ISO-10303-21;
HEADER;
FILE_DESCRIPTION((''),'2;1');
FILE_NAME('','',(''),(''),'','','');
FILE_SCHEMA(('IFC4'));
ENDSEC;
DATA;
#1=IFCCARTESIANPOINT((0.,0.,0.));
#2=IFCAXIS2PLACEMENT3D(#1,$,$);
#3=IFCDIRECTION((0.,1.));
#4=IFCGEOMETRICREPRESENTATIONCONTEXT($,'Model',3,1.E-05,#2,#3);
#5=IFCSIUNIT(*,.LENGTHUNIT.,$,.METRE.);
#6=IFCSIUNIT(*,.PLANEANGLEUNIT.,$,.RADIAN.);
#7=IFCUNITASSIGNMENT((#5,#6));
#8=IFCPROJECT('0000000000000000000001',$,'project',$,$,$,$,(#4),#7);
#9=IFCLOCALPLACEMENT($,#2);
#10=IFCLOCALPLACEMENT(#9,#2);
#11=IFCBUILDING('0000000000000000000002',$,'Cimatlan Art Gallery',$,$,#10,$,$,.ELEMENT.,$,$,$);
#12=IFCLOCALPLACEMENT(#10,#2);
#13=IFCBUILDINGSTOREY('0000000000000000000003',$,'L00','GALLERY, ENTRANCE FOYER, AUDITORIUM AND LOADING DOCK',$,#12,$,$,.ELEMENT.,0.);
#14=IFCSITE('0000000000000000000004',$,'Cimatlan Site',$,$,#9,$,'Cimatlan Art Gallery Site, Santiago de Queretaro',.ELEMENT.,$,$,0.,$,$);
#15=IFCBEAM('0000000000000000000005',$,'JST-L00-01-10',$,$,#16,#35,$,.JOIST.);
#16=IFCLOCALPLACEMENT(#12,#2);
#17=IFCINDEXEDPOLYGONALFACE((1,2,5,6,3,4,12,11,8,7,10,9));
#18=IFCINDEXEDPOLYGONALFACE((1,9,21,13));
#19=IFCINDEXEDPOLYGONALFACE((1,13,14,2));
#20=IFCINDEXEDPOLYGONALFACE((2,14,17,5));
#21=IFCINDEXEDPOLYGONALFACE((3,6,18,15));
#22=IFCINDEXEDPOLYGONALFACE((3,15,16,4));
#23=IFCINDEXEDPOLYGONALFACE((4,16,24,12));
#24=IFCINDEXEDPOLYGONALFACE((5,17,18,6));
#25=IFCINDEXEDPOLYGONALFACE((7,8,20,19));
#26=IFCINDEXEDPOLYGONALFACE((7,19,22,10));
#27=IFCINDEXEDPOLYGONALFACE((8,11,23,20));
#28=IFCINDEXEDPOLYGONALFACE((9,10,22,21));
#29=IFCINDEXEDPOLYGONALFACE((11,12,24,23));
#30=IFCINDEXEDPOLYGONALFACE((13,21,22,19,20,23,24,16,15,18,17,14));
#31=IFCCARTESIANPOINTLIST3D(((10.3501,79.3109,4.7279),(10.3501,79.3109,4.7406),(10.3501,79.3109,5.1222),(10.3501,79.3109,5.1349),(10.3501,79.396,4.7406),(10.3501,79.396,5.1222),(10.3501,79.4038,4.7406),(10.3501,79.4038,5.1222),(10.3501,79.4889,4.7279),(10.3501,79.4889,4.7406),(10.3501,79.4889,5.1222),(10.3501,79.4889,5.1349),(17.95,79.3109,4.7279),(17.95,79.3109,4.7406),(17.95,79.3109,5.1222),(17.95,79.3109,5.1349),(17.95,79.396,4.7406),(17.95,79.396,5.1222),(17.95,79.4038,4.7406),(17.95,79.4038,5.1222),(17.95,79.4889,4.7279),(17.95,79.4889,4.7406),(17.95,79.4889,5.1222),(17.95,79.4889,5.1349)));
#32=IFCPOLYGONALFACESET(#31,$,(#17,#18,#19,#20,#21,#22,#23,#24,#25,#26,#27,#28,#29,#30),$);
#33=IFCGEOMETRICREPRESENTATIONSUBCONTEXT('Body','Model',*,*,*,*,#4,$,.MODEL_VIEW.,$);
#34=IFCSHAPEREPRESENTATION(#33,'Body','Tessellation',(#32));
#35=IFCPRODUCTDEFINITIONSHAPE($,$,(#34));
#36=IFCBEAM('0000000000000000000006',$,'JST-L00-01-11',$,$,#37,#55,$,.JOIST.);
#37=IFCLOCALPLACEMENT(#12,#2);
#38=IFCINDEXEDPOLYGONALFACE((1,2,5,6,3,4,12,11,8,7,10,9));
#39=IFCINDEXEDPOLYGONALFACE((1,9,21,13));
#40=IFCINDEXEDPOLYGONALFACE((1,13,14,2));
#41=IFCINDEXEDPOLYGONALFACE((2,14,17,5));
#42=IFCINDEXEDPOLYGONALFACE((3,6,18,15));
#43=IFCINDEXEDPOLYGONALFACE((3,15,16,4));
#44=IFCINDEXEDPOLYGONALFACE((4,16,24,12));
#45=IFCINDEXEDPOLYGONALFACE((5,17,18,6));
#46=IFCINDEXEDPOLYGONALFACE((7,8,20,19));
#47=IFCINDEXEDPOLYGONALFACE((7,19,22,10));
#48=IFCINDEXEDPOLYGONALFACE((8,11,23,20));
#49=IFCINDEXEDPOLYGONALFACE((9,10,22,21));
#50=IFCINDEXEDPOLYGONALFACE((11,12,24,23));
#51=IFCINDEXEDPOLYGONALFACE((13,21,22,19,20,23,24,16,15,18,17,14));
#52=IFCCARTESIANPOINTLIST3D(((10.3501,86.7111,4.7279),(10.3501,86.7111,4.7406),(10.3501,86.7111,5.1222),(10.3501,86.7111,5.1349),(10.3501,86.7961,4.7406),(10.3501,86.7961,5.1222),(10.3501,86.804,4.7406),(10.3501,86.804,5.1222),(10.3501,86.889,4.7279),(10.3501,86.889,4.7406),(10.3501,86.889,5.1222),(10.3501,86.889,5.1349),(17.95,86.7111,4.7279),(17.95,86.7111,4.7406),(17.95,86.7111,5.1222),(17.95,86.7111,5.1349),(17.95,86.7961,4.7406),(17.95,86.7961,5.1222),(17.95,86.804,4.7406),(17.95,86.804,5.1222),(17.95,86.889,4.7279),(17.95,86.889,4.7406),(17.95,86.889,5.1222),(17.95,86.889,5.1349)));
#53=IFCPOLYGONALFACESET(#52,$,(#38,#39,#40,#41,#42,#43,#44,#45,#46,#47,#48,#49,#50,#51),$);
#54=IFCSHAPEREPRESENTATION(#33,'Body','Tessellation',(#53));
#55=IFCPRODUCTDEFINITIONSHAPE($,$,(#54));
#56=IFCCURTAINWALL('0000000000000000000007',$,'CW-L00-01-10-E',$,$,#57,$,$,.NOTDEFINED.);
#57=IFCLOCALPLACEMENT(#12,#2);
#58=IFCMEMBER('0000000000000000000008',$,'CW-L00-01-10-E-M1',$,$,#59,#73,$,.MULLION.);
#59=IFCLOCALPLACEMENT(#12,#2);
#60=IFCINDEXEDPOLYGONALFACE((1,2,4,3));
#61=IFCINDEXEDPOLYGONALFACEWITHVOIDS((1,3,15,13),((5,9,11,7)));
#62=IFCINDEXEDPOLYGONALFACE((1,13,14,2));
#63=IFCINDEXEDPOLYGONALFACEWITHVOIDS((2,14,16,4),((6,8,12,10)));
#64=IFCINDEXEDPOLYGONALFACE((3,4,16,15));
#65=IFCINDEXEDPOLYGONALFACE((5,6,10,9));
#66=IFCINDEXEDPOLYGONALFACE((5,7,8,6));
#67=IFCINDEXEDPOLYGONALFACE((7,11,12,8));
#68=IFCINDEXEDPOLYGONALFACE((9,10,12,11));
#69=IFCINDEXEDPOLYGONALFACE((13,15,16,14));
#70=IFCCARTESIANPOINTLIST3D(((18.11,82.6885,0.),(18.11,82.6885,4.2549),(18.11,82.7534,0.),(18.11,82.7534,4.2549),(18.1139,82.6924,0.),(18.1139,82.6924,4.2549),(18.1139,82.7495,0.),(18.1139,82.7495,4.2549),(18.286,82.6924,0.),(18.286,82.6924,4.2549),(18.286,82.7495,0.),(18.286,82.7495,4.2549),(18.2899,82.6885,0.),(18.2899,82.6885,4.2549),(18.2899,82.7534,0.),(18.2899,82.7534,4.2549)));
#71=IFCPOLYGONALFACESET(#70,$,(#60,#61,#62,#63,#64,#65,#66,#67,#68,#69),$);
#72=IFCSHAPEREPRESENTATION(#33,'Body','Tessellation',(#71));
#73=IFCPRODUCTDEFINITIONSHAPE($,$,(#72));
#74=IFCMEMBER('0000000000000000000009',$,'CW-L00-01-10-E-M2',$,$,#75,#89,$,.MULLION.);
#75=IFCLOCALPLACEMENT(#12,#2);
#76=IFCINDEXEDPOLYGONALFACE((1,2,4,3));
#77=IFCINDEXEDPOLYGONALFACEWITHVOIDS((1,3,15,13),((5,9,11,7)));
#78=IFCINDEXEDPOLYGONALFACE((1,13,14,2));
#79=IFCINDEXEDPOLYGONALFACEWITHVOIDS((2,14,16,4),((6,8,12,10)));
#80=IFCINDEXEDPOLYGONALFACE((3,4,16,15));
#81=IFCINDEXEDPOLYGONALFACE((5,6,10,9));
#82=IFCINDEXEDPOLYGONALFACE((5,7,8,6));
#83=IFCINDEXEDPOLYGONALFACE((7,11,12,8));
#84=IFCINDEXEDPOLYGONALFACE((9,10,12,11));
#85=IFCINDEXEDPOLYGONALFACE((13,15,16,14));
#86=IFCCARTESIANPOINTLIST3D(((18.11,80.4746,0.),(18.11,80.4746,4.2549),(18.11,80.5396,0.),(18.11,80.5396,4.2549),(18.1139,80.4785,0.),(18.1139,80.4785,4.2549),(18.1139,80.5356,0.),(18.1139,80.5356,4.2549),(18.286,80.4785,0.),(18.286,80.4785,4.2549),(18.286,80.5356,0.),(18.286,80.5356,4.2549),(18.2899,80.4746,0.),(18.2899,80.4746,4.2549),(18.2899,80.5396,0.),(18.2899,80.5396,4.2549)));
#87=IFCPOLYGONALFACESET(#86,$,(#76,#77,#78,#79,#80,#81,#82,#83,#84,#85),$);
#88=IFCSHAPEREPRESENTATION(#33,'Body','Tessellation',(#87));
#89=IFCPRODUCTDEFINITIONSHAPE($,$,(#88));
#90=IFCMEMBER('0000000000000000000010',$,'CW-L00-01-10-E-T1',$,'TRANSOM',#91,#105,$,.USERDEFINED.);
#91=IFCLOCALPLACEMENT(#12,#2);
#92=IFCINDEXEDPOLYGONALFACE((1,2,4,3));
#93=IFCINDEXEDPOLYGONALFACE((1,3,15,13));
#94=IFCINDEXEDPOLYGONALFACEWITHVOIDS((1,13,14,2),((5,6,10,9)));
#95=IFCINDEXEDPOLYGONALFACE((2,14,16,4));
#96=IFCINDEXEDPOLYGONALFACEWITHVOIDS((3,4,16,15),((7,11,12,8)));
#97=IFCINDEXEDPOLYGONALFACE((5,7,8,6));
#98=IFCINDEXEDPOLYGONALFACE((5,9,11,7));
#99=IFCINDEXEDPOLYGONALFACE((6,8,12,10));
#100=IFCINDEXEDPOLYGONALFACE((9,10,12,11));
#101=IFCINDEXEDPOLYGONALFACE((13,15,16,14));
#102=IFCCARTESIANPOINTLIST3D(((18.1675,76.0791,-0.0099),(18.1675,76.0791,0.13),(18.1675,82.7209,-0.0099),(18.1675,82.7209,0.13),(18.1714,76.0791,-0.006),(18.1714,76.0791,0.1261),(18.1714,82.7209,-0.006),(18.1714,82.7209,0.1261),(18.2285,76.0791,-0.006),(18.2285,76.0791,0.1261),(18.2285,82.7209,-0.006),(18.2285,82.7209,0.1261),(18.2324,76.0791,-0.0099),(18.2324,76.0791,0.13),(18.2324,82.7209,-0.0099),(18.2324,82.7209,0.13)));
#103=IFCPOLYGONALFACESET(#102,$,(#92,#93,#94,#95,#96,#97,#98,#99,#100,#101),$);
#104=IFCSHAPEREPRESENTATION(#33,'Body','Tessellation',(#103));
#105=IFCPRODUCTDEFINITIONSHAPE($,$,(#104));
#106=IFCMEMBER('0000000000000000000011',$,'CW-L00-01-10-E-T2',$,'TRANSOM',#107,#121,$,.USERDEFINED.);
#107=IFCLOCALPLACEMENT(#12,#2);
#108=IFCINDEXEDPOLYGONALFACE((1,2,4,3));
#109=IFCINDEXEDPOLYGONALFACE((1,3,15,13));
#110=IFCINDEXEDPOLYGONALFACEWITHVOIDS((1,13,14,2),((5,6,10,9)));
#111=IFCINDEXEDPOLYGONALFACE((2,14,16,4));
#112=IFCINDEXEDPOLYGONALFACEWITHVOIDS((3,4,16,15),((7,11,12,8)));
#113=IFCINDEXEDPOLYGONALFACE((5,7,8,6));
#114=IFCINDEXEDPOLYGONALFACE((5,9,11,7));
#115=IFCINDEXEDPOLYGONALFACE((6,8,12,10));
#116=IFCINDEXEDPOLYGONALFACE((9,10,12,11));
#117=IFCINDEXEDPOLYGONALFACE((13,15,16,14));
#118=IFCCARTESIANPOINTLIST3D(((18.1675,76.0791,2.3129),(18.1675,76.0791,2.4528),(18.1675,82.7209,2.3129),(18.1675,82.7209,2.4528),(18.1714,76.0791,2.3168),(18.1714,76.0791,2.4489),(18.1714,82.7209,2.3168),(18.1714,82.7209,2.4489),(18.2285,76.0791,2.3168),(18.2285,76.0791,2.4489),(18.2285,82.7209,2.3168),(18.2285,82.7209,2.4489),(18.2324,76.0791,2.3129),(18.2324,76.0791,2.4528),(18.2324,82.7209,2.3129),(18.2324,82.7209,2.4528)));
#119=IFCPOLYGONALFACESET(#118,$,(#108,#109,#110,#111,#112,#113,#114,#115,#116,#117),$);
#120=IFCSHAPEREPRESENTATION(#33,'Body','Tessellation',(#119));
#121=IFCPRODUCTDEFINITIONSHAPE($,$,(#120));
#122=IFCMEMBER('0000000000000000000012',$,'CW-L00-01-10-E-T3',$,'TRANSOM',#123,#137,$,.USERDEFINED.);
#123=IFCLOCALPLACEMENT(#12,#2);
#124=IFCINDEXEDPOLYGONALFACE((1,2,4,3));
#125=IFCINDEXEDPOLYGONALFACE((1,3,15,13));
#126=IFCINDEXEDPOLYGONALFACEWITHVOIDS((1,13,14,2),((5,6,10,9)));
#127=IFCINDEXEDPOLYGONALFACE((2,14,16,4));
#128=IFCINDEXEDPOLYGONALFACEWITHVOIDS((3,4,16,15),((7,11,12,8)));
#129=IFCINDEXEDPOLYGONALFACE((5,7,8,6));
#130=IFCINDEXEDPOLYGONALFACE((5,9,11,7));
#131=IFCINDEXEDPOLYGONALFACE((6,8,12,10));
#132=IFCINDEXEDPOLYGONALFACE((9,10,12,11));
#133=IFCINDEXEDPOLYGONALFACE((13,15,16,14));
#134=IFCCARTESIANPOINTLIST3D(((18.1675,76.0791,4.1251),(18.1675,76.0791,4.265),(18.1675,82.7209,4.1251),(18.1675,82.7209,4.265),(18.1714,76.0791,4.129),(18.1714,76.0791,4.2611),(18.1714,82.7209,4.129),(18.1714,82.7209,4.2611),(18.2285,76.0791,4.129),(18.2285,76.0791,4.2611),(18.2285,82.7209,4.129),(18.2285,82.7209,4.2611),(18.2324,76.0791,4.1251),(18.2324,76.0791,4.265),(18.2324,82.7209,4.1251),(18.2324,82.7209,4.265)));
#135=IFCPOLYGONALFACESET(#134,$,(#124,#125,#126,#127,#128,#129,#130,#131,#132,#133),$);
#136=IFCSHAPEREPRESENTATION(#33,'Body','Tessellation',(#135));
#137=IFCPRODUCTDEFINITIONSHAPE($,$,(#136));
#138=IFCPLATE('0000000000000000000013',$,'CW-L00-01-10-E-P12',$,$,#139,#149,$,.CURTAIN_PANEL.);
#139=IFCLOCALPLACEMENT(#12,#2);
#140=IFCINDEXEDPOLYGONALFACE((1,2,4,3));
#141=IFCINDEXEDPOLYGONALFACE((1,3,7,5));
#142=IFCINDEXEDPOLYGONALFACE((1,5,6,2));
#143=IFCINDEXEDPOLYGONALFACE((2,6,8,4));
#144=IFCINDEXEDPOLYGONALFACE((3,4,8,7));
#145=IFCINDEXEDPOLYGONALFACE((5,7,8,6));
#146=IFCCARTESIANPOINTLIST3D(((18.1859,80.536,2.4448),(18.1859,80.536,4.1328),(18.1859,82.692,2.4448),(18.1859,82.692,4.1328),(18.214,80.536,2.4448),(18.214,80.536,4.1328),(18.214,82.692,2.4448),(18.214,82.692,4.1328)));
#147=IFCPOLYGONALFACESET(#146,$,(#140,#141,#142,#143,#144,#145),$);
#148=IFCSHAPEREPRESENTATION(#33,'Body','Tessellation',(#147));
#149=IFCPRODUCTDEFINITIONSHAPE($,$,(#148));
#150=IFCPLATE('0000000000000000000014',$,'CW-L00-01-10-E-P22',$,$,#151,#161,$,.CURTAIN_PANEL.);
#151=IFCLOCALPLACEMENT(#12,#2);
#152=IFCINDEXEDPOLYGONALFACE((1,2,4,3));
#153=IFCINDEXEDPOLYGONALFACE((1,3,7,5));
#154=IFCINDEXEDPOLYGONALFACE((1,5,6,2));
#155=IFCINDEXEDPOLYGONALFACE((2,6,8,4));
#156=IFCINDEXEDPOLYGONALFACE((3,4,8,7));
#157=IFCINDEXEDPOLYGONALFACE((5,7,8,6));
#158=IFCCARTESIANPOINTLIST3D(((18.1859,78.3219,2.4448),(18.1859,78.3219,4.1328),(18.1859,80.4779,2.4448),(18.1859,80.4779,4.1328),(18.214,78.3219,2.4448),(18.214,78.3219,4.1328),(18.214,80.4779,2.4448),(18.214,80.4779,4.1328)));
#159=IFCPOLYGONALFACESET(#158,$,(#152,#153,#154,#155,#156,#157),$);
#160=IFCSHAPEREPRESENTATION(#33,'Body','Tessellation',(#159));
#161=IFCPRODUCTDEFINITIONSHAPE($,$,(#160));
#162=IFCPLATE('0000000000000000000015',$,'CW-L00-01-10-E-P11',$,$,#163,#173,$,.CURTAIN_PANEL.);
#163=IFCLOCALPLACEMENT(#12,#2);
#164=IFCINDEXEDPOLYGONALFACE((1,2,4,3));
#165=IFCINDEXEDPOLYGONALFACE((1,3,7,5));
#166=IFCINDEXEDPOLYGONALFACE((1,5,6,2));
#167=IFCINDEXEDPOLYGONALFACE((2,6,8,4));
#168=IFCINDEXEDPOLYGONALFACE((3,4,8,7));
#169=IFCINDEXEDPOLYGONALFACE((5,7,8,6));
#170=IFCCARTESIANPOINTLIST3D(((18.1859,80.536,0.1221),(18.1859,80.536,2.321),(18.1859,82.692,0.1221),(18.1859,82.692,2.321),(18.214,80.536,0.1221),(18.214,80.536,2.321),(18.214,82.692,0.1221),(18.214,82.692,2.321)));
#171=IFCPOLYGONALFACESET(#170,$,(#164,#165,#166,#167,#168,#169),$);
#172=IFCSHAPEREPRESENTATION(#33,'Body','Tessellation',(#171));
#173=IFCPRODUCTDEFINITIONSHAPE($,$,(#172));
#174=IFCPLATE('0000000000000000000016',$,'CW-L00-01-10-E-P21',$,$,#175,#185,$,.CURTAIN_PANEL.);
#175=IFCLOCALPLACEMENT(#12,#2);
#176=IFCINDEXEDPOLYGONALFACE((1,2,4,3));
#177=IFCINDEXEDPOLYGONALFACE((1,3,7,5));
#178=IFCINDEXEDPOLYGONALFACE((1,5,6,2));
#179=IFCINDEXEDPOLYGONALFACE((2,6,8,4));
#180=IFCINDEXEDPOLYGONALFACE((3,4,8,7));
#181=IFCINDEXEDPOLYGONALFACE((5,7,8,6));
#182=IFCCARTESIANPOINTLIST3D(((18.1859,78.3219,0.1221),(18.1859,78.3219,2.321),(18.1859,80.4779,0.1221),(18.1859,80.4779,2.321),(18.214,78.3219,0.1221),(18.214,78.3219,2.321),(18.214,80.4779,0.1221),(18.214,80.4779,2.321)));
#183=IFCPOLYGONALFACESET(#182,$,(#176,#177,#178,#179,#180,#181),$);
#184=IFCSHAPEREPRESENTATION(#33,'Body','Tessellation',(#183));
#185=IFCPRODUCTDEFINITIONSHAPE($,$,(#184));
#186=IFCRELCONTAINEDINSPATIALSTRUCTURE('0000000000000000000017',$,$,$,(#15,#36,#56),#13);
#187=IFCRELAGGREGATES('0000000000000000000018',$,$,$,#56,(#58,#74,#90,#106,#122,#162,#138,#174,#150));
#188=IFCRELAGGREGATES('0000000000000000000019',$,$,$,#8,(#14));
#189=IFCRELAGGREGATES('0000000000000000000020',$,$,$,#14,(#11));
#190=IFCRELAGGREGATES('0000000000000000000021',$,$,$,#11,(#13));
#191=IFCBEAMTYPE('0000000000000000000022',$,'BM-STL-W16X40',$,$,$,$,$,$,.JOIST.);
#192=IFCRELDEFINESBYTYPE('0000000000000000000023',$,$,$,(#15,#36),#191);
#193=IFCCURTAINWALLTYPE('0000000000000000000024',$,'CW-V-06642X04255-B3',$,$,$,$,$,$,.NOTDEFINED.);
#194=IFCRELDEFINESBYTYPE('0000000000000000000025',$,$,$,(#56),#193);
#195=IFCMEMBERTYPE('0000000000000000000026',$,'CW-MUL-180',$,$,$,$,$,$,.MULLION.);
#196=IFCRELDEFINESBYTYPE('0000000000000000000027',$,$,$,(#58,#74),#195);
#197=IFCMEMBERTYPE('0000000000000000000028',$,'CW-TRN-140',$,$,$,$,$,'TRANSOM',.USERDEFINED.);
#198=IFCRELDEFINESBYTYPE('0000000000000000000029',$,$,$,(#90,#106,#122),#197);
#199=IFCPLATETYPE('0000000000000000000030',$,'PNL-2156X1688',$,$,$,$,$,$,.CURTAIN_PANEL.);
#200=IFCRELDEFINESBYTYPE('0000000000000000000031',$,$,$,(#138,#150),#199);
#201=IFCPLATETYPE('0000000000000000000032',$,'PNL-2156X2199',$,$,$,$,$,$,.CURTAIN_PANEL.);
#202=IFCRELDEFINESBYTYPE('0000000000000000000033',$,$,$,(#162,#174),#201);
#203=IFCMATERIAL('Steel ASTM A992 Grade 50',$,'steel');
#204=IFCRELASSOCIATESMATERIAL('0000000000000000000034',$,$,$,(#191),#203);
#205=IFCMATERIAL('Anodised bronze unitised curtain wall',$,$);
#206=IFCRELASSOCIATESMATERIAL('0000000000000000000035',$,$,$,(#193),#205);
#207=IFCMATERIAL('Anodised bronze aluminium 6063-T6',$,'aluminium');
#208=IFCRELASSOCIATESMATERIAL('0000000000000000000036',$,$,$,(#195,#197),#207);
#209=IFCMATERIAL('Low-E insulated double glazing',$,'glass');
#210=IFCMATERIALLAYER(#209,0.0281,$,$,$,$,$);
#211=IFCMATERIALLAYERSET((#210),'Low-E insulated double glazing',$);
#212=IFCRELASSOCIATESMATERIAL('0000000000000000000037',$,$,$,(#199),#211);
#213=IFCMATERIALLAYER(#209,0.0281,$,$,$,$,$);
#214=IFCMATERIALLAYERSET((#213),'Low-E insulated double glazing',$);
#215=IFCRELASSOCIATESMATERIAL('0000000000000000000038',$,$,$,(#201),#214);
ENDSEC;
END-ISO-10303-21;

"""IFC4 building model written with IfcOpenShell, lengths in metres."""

from ifc_helpers import new_model, si_unit, direction, frame, origin, origin_2d, place, context, subcontext, project, spatial, rectangle, hollow_rectangle, i_section, extrude, material, layer, layer_set, material_profile, profile_set, type_object, element, aggregate, save


model = new_model("IFC4")

# Units and contexts
model_context = context("Model", 3, precision=1e-05, world=origin(), true_north=direction((0.0, 1.0)))
body_context = subcontext(model_context, "Body", "Model", "MODEL_VIEW")
ifc_project = project(units=[si_unit("LENGTHUNIT", "METRE"), si_unit("PLANEANGLEUNIT", "RADIAN")], contexts=[model_context])

# Site, building, storey
site_placement = place(None, origin())
site = spatial("IfcSite", under=ifc_project, at=site_placement, Name="Cimatlan Site", LongName="Cimatlan Art Gallery Site, Santiago de Queretaro", CompositionType="ELEMENT", RefElevation=0.0)
building_placement = place(site_placement, origin())
building = spatial("IfcBuilding", under=site, at=building_placement, Name="Cimatlan Art Gallery", CompositionType="ELEMENT")
storey_placement = place(building_placement, origin())
storey = spatial("IfcBuildingStorey", under=building, at=storey_placement, Name="L00", Description="GALLERY, ENTRANCE FOYER, AUDITORIUM AND LOADING DOCK", CompositionType="ELEMENT", Elevation=0.0)

# Beams
ifc_material_1 = material(Name="Steel ASTM A992 Grade 50", Category="steel")
ifc_material_profile_1 = material_profile(ifc_material_1, i_section(OverallWidth=0.178, OverallDepth=0.407, WebThickness=0.0078, FlangeThickness=0.0127, at=origin_2d()), Name="W16X40")
ifc_profile_set_1 = profile_set([ifc_material_profile_1], Name="Steel ASTM A992 Grade 50")
beam_type_1 = type_object("IfcBeamType", Name="BM-STL-W16X40", PredefinedType="JOIST", material=ifc_profile_set_1)
for number, where, z_axis, x_axis, name in (
    (1, (10.3501, 79.3999, 4.9314), (1.0, 0.0, 0.0), (0.0, 1.0, 0.0), "JST-L00-01-10"),
    (2, (10.3501, 86.8, 4.9314), (1.0, 0.0, 0.0), (0.0, 1.0, 0.0), "JST-L00-01-11"),
):
    element("IfcBeam", number, at=place(storey_placement, frame(where, z_axis=z_axis, x_axis=x_axis)), inside=storey, type_object=beam_type_1, Name=name, PredefinedType="JOIST", context=body_context, shape_type="SweptSolid", body=[
        extrude(i_section(OverallWidth=0.178, OverallDepth=0.407, WebThickness=0.0078, FlangeThickness=0.0127, at=origin_2d()), origin(), (0.0, 0.0, 1.0), 7.5999),
    ])

# Curtain wall, members, plates
ifc_material_2 = material(Name="Anodised bronze unitised curtain wall")
curtain_wall_type = type_object("IfcCurtainWallType", Name="CW-V-06642X04255-B3", PredefinedType="NOTDEFINED", material=ifc_material_2)
curtain_wall_placement = place(storey_placement, origin())
curtain_wall = element("IfcCurtainWall", 3, at=curtain_wall_placement, inside=storey, type_object=curtain_wall_type, Name="CW-L00-01-10-E", PredefinedType="NOTDEFINED")
ifc_material_3 = material(Name="Anodised bronze aluminium 6063-T6", Category="aluminium")
ifc_material_profile_2 = material_profile(ifc_material_3, hollow_rectangle(XDim=0.0649, YDim=0.1799, WallThickness=0.0039, at=origin_2d()), Name="ALU65X180X4")
ifc_profile_set_2 = profile_set([ifc_material_profile_2], Name="Anodised bronze aluminium 6063-T6")
member_type_1 = type_object("IfcMemberType", Name="CW-MUL-180", PredefinedType="MULLION", material=ifc_profile_set_2)
member_1_placement = place(storey_placement, frame((18.2, 82.7209, 0.0), z_axis=(0.0, 0.0, 1.0), x_axis=(0.0, 1.0, 0.0)))
member_1 = element("IfcMember", 4, at=member_1_placement, type_object=member_type_1, Name="CW-L00-01-10-E-M1", PredefinedType="MULLION", context=body_context, shape_type="SweptSolid", body=[
    extrude(hollow_rectangle(XDim=0.0649, YDim=0.1799, WallThickness=0.0039, at=origin_2d()), origin(), (0.0, 0.0, 1.0), 4.2549),
])
member_2_placement = place(storey_placement, frame((18.2, 80.5071, 0.0), z_axis=(0.0, 0.0, 1.0), x_axis=(0.0, 1.0, 0.0)))
member_2 = element("IfcMember", 5, at=member_2_placement, type_object=member_type_1, Name="CW-L00-01-10-E-M2", PredefinedType="MULLION", context=body_context, shape_type="SweptSolid", body=[
    extrude(hollow_rectangle(XDim=0.0649, YDim=0.1799, WallThickness=0.0039, at=origin_2d()), origin(), (0.0, 0.0, 1.0), 4.2549),
])
ifc_material_profile_3 = material_profile(ifc_material_3, hollow_rectangle(XDim=0.0649, YDim=0.1399, WallThickness=0.0039, at=origin_2d()), Name="ALU65X140X4")
ifc_profile_set_3 = profile_set([ifc_material_profile_3], Name="Anodised bronze aluminium 6063-T6")
member_type_2 = type_object("IfcMemberType", Name="CW-TRN-140", ElementType="TRANSOM", PredefinedType="USERDEFINED", material=ifc_profile_set_3)
member_3_placement = place(storey_placement, frame((18.2, 82.7209, 0.0601), z_axis=(0.0, -1.0, 0.0), x_axis=(1.0, 0.0, 0.0)))
member_3 = element("IfcMember", 6, at=member_3_placement, type_object=member_type_2, Name="CW-L00-01-10-E-T1", ObjectType="TRANSOM", PredefinedType="USERDEFINED", context=body_context, shape_type="SweptSolid", body=[
    extrude(hollow_rectangle(XDim=0.0649, YDim=0.1399, WallThickness=0.0039, at=origin_2d()), origin(), (0.0, 0.0, 1.0), 6.6418),
])
member_4_placement = place(storey_placement, frame((18.2, 82.7209, 2.3828), z_axis=(0.0, -1.0, 0.0), x_axis=(1.0, 0.0, 0.0)))
member_4 = element("IfcMember", 7, at=member_4_placement, type_object=member_type_2, Name="CW-L00-01-10-E-T2", ObjectType="TRANSOM", PredefinedType="USERDEFINED", context=body_context, shape_type="SweptSolid", body=[
    extrude(hollow_rectangle(XDim=0.0649, YDim=0.1399, WallThickness=0.0039, at=origin_2d()), origin(), (0.0, 0.0, 1.0), 6.6418),
])
member_5_placement = place(storey_placement, frame((18.2, 82.7209, 4.1951), z_axis=(0.0, -1.0, 0.0), x_axis=(1.0, 0.0, 0.0)))
member_5 = element("IfcMember", 8, at=member_5_placement, type_object=member_type_2, Name="CW-L00-01-10-E-T3", ObjectType="TRANSOM", PredefinedType="USERDEFINED", context=body_context, shape_type="SweptSolid", body=[
    extrude(hollow_rectangle(XDim=0.0649, YDim=0.1399, WallThickness=0.0039, at=origin_2d()), origin(), (0.0, 0.0, 1.0), 6.6418),
])
ifc_material_4 = material(Name="Low-E insulated double glazing", Category="glass")
ifc_layer_1 = layer(ifc_material_4, 0.0281)
ifc_layer_set_1 = layer_set([ifc_layer_1], Name="Low-E insulated double glazing")
plate_type_1 = type_object("IfcPlateType", Name="PNL-2156X1688", PredefinedType="CURTAIN_PANEL", material=ifc_layer_set_1)
plate_1_placement = place(storey_placement, frame((18.2, 81.614, 2.4448), z_axis=(0.0, 0.0, 1.0), x_axis=(0.0, -1.0, 0.0)))
plate_1 = element("IfcPlate", 9, at=plate_1_placement, type_object=plate_type_1, Name="CW-L00-01-10-E-P12", PredefinedType="CURTAIN_PANEL", context=body_context, shape_type="SweptSolid", body=[
    extrude(rectangle(XDim=2.156, YDim=0.0281, at=origin_2d()), origin(), (0.0, 0.0, 1.0), 1.688),
])
plate_2_placement = place(storey_placement, frame((18.2, 79.3999, 2.4448), z_axis=(0.0, 0.0, 1.0), x_axis=(0.0, -1.0, 0.0)))
plate_2 = element("IfcPlate", 10, at=plate_2_placement, type_object=plate_type_1, Name="CW-L00-01-10-E-P22", PredefinedType="CURTAIN_PANEL", context=body_context, shape_type="SweptSolid", body=[
    extrude(rectangle(XDim=2.156, YDim=0.0281, at=origin_2d()), origin(), (0.0, 0.0, 1.0), 1.688),
])
ifc_layer_2 = layer(ifc_material_4, 0.0281)
ifc_layer_set_2 = layer_set([ifc_layer_2], Name="Low-E insulated double glazing")
plate_type_2 = type_object("IfcPlateType", Name="PNL-2156X2199", PredefinedType="CURTAIN_PANEL", material=ifc_layer_set_2)
plate_3_placement = place(storey_placement, frame((18.2, 81.614, 0.1221), z_axis=(0.0, 0.0, 1.0), x_axis=(0.0, -1.0, 0.0)))
plate_3 = element("IfcPlate", 11, at=plate_3_placement, type_object=plate_type_2, Name="CW-L00-01-10-E-P11", PredefinedType="CURTAIN_PANEL", context=body_context, shape_type="SweptSolid", body=[
    extrude(rectangle(XDim=2.156, YDim=0.0281, at=origin_2d()), origin(), (0.0, 0.0, 1.0), 2.199),
])
plate_4_placement = place(storey_placement, frame((18.2, 79.3999, 0.1221), z_axis=(0.0, 0.0, 1.0), x_axis=(0.0, -1.0, 0.0)))
plate_4 = element("IfcPlate", 12, at=plate_4_placement, type_object=plate_type_2, Name="CW-L00-01-10-E-P21", PredefinedType="CURTAIN_PANEL", context=body_context, shape_type="SweptSolid", body=[
    extrude(rectangle(XDim=2.156, YDim=0.0281, at=origin_2d()), origin(), (0.0, 0.0, 1.0), 2.199),
])
aggregate(curtain_wall, [member_1, member_2, member_3, member_4, member_5, plate_3, plate_1, plate_4, plate_2])

save(model, "model.ifc")
